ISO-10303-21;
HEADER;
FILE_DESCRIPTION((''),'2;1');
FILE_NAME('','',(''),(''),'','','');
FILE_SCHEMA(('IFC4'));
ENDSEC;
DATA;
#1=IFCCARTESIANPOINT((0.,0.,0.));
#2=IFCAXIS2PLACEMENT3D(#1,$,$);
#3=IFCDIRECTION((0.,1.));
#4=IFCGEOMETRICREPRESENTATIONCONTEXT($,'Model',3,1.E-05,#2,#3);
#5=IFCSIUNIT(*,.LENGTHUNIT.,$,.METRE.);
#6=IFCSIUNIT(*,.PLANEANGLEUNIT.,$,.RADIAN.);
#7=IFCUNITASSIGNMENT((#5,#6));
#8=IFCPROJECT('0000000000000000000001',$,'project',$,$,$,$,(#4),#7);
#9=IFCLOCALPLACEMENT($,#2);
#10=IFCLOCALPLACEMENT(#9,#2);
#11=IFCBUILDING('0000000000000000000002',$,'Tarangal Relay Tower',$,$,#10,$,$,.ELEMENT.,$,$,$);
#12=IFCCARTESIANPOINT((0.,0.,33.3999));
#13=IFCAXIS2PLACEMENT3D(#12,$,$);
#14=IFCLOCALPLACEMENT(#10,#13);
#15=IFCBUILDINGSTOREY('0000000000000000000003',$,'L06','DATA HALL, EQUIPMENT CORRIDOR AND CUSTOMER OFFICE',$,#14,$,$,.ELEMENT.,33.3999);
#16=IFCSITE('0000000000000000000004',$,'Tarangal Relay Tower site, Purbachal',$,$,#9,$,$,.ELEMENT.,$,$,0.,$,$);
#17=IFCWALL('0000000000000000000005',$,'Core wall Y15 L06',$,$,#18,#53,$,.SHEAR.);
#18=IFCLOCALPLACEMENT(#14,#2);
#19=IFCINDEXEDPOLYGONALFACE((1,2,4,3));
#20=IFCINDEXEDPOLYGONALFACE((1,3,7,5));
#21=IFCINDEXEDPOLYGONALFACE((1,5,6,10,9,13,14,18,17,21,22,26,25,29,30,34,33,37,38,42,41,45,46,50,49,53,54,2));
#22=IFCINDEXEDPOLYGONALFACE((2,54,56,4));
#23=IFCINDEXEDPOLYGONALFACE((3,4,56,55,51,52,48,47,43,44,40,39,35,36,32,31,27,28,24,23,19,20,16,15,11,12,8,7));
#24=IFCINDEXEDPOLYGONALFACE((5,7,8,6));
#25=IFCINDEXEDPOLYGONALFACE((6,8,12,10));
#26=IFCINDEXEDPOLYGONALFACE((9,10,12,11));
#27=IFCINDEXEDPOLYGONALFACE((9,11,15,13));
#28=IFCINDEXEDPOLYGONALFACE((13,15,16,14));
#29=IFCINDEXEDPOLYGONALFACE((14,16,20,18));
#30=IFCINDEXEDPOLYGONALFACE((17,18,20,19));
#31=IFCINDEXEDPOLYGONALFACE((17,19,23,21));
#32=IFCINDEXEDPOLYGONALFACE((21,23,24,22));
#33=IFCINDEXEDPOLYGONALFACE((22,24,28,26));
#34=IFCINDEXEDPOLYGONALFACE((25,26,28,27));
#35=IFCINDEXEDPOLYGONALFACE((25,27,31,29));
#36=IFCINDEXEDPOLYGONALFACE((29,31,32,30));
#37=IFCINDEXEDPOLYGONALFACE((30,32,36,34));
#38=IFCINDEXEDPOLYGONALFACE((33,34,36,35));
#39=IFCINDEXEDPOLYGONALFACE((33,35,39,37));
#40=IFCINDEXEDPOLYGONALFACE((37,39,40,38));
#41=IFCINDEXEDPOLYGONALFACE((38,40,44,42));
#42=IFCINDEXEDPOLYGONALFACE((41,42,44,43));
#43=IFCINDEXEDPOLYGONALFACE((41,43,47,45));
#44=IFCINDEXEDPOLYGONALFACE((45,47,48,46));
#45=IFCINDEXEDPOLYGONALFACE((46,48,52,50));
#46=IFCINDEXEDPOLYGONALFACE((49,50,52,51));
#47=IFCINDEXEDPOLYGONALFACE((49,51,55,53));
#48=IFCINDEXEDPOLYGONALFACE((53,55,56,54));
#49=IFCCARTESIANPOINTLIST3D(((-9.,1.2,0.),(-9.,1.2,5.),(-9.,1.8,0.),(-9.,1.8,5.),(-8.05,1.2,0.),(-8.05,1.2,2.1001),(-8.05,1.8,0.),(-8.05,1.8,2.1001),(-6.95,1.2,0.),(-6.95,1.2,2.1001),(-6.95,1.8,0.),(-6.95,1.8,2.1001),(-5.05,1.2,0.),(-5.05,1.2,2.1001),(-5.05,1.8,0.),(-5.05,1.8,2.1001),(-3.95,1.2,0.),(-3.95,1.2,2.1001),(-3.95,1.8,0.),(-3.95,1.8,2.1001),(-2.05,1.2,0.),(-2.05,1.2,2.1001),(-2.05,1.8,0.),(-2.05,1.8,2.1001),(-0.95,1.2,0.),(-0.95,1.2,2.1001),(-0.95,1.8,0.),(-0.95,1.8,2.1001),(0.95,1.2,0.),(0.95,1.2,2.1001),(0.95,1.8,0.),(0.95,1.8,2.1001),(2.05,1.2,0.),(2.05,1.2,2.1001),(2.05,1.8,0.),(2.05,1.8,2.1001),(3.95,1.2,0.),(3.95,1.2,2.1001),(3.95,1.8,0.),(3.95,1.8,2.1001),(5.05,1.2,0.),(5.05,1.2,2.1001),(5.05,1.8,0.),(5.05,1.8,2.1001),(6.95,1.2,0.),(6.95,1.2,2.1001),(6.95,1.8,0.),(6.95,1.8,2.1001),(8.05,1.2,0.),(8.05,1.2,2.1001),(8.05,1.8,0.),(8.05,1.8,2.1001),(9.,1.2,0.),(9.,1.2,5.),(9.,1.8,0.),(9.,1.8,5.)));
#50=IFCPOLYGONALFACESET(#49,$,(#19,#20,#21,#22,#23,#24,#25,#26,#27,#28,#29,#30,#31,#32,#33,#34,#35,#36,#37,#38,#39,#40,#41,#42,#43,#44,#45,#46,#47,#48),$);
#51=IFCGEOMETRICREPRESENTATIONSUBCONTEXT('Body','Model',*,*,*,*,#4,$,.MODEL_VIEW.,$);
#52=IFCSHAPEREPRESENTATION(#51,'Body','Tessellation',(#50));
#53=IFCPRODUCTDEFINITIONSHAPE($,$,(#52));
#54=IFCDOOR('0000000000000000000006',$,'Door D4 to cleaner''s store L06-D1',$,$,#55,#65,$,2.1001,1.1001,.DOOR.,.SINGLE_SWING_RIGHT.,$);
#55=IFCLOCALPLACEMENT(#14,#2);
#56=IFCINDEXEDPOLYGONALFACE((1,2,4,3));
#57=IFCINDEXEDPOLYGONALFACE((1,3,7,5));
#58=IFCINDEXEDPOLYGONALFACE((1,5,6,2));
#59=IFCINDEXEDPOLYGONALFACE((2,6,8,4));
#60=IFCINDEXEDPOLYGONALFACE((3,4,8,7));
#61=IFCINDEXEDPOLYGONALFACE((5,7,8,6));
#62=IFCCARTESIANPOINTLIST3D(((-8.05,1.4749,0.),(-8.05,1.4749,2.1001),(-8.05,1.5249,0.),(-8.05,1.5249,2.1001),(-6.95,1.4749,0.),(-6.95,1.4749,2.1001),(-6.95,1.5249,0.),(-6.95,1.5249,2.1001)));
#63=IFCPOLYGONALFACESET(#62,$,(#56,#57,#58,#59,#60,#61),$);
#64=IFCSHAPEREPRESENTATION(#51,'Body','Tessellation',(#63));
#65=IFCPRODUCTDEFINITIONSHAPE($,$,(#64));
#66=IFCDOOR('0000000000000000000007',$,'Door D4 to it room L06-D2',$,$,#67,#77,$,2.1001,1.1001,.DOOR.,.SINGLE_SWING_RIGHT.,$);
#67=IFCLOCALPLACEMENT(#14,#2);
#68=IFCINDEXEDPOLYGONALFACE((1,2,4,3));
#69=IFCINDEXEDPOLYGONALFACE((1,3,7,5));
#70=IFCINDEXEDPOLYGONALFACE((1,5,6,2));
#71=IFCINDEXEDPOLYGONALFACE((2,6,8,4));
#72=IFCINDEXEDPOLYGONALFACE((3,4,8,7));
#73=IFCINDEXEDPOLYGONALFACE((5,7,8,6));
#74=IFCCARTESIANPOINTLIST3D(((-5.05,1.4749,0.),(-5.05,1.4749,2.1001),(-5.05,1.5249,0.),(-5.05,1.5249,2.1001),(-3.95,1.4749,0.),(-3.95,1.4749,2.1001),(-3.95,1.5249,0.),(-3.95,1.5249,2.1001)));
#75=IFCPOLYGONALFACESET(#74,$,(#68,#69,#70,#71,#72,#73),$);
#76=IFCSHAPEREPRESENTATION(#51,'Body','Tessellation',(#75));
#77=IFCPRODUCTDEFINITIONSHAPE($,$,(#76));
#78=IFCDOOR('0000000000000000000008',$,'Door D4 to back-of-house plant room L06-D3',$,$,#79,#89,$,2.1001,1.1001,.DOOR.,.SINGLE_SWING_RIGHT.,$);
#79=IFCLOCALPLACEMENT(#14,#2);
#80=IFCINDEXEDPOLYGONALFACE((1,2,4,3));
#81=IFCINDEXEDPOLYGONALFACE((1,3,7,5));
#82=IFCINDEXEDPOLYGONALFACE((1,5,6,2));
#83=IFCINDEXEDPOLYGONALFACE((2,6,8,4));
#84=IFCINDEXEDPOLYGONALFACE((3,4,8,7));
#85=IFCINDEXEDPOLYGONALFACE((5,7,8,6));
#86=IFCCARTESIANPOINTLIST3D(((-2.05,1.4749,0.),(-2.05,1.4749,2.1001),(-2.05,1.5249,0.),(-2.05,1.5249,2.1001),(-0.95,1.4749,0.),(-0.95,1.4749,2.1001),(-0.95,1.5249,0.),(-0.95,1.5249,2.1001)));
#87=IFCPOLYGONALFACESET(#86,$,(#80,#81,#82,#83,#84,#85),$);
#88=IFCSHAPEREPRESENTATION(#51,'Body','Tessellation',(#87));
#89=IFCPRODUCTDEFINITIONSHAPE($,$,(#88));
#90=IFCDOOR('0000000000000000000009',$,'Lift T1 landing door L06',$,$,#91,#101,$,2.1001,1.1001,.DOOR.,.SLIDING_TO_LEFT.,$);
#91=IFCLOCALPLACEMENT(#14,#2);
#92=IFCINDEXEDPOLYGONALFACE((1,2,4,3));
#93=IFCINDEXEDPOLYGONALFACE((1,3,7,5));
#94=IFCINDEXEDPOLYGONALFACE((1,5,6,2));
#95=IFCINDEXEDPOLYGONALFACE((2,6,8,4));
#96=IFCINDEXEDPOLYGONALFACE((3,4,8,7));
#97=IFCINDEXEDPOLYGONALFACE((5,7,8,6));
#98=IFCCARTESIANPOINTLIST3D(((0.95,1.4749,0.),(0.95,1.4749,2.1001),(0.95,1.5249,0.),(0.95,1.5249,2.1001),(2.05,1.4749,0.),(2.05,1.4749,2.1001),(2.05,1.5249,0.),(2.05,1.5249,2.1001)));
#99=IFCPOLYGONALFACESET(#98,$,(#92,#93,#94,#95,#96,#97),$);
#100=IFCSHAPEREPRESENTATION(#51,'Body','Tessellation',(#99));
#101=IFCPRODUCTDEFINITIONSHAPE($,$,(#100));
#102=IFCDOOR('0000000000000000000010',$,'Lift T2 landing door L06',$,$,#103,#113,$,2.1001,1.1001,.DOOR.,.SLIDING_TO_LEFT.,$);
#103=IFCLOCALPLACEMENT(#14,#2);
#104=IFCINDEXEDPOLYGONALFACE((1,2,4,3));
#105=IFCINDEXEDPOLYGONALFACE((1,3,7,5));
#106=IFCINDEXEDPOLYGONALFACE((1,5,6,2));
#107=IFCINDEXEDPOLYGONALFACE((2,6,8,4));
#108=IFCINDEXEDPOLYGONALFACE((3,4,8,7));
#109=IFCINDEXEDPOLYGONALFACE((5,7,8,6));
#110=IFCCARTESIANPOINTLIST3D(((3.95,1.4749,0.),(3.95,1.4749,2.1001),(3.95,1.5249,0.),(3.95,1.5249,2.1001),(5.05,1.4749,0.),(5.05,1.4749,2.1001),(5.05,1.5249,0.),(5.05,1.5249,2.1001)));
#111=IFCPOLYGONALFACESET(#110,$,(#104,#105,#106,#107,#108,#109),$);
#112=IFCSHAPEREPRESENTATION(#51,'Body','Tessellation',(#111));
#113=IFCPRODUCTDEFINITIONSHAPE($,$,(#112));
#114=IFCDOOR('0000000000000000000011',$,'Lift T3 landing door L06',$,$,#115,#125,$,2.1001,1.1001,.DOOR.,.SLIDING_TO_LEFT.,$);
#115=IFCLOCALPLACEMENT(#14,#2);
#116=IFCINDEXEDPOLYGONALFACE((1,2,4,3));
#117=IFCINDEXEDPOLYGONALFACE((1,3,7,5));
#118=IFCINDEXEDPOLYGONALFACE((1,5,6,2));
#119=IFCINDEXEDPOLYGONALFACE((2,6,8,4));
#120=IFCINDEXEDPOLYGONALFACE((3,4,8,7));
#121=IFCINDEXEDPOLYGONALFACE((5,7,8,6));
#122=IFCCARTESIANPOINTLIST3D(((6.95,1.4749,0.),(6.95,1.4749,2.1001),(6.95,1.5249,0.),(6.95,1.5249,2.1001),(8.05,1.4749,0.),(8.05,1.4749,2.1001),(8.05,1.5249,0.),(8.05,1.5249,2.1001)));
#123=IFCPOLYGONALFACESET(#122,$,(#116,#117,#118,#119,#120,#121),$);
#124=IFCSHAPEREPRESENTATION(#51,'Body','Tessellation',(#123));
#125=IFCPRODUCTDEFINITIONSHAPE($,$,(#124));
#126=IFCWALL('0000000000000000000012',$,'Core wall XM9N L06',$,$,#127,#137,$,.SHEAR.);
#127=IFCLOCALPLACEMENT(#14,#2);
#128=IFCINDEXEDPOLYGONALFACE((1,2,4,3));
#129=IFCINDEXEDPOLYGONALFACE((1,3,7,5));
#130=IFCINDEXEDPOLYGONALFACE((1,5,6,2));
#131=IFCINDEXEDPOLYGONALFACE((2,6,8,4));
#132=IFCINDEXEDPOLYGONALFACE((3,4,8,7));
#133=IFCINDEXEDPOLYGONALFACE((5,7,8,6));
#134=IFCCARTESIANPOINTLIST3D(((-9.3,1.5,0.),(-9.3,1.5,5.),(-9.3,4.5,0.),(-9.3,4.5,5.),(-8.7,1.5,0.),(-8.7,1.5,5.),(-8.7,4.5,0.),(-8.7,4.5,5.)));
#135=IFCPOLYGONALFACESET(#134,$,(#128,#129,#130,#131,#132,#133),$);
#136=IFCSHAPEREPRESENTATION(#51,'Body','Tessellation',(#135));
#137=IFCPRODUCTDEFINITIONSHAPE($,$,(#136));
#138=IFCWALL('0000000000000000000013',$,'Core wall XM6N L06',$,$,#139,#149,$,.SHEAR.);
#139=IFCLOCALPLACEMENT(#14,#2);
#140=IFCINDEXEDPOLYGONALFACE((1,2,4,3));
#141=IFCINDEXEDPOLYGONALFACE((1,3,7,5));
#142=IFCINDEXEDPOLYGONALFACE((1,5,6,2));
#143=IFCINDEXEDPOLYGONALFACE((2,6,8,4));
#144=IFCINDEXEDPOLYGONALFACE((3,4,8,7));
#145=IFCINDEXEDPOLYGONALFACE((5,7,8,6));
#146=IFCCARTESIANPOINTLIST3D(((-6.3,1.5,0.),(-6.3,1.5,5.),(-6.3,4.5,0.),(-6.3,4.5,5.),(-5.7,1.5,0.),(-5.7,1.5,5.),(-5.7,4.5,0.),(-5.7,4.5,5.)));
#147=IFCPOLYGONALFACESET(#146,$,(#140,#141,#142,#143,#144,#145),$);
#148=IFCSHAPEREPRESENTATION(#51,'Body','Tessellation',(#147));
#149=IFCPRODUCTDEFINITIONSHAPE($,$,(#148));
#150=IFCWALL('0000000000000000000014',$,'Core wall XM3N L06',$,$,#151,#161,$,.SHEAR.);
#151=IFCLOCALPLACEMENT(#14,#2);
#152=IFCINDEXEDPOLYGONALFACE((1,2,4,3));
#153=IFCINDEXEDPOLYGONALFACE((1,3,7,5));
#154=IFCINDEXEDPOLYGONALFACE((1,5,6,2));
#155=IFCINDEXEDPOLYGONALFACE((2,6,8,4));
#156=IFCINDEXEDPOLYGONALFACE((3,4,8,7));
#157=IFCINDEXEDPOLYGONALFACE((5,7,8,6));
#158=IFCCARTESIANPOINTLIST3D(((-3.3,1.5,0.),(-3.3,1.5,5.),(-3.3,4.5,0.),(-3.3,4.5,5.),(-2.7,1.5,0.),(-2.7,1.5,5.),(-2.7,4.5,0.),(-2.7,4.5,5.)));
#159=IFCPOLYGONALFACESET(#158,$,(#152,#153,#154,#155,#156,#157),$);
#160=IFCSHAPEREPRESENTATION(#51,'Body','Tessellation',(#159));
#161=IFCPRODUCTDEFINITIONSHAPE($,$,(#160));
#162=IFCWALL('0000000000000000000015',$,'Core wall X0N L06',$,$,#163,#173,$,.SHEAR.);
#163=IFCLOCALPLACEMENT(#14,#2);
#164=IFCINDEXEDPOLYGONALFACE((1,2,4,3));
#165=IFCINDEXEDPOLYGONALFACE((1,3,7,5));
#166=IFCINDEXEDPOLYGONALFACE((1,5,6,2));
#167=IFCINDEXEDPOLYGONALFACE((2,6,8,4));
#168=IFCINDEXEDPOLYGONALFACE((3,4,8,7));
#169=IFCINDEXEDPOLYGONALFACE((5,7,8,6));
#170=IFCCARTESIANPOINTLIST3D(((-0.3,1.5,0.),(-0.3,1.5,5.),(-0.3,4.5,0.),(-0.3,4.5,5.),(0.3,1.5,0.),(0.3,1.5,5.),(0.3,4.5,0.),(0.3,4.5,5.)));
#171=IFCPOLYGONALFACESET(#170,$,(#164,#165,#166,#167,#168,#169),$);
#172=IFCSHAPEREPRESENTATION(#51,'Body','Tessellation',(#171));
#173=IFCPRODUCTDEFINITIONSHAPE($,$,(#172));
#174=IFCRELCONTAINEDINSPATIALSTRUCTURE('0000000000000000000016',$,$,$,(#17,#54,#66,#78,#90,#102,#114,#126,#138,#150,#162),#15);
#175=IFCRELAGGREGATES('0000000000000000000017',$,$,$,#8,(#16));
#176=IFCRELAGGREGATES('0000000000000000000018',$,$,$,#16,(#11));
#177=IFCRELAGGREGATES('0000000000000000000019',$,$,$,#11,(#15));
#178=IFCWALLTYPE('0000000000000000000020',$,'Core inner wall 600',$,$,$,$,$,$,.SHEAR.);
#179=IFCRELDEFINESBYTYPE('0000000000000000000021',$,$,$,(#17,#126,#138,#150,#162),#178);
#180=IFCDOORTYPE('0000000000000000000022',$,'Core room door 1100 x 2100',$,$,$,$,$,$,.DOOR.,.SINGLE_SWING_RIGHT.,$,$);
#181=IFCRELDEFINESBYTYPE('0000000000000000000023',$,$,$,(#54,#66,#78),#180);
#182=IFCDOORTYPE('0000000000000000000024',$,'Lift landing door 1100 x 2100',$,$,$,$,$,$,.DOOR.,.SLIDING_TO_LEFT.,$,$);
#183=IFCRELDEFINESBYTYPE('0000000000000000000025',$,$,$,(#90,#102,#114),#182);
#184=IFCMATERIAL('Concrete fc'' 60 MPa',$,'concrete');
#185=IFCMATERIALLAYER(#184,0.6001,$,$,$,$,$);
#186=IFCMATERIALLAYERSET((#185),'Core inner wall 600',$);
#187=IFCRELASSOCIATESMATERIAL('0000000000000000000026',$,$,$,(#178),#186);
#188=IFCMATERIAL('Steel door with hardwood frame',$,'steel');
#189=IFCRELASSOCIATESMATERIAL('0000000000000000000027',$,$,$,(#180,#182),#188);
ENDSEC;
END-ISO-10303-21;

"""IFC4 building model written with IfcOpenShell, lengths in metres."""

from ifc_helpers import new_model, si_unit, direction, frame, frame_2d, origin, place, context, subcontext, project, spatial, rectangle, extrude, material, layer, layer_set, type_object, element, fill, save


model = new_model("IFC4")

# Units and contexts
model_context = context("Model", 3, precision=1e-05, world=origin(), true_north=direction((0.0, 1.0)))
body_context = subcontext(model_context, "Body", "Model", "MODEL_VIEW")
ifc_project = project(units=[si_unit("LENGTHUNIT", "METRE"), si_unit("PLANEANGLEUNIT", "RADIAN")], contexts=[model_context])

# Site, building, storey
site_placement = place(None, origin())
site = spatial("IfcSite", under=ifc_project, at=site_placement, Name="Tarangal Relay Tower site, Purbachal", CompositionType="ELEMENT", RefElevation=0.0)
building_placement = place(site_placement, origin())
building = spatial("IfcBuilding", under=site, at=building_placement, Name="Tarangal Relay Tower", CompositionType="ELEMENT")
storey_placement = place(building_placement, frame((0.0, 0.0, 33.3999)))
storey = spatial("IfcBuildingStorey", under=building, at=storey_placement, Name="L06", Description="DATA HALL, EQUIPMENT CORRIDOR AND CUSTOMER OFFICE", CompositionType="ELEMENT", Elevation=33.3999)

# Wall, openings, doors
ifc_material_1 = material(Name="Concrete fc' 60 MPa", Category="concrete")
ifc_layer_1 = layer(ifc_material_1, 0.6001)
ifc_layer_set_1 = layer_set([ifc_layer_1], Name="Core inner wall 600")
wall_type = type_object("IfcWallType", Name="Core inner wall 600", PredefinedType="SHEAR", material=ifc_layer_set_1)
wall_1_placement = place(storey_placement, frame((-9.0, 1.5, 0.0), z_axis=(0.0, 0.0, 1.0), x_axis=(1.0, 0.0, 0.0)))
wall_1 = element("IfcWall", 1, at=wall_1_placement, inside=storey, type_object=wall_type, Name="Core wall Y15 L06", PredefinedType="SHEAR", context=body_context, shape_type="SweptSolid", body=[
    extrude(rectangle(XDim=18.0, YDim=0.6001, at=frame_2d((9.0, 0.0))), origin(), (0.0, 0.0, 1.0), 5.0),
])
opening_1_placement = place(wall_1_placement, frame((9.95, 0.0, 0.0)))
opening_1 = element("IfcOpeningElement", 2, at=opening_1_placement, cuts=wall_1, PredefinedType="OPENING", context=body_context, shape_type="SweptSolid", body=[
    extrude(rectangle(XDim=1.1001, YDim=2.1001, at=frame_2d((0.55, 1.05))), frame((0.0, 0.3101, 0.0), z_axis=(0.0, -1.0, 0.0), x_axis=(1.0, 0.0, 0.0)), (0.0, 0.0, 1.0), 0.6201),
])
opening_2_placement = place(wall_1_placement, frame((12.95, 0.0, 0.0)))
opening_2 = element("IfcOpeningElement", 3, at=opening_2_placement, cuts=wall_1, PredefinedType="OPENING", context=body_context, shape_type="SweptSolid", body=[
    extrude(rectangle(XDim=1.1001, YDim=2.1001, at=frame_2d((0.55, 1.05))), frame((0.0, 0.3101, 0.0), z_axis=(0.0, -1.0, 0.0), x_axis=(1.0, 0.0, 0.0)), (0.0, 0.0, 1.0), 0.6201),
])
opening_3_placement = place(wall_1_placement, frame((15.95, 0.0, 0.0)))
opening_3 = element("IfcOpeningElement", 4, at=opening_3_placement, cuts=wall_1, PredefinedType="OPENING", context=body_context, shape_type="SweptSolid", body=[
    extrude(rectangle(XDim=1.1001, YDim=2.1001, at=frame_2d((0.55, 1.05))), frame((0.0, 0.3101, 0.0), z_axis=(0.0, -1.0, 0.0), x_axis=(1.0, 0.0, 0.0)), (0.0, 0.0, 1.0), 0.6201),
])
opening_4_placement = place(wall_1_placement, frame((0.95, 0.0, 0.0)))
opening_4 = element("IfcOpeningElement", 5, at=opening_4_placement, cuts=wall_1, PredefinedType="OPENING", context=body_context, shape_type="SweptSolid", body=[
    extrude(rectangle(XDim=1.1001, YDim=2.1001, at=frame_2d((0.55, 1.05))), frame((0.0, 0.3101, 0.0), z_axis=(0.0, -1.0, 0.0), x_axis=(1.0, 0.0, 0.0)), (0.0, 0.0, 1.0), 0.6201),
])
opening_5_placement = place(wall_1_placement, frame((3.95, 0.0, 0.0)))
opening_5 = element("IfcOpeningElement", 6, at=opening_5_placement, cuts=wall_1, PredefinedType="OPENING", context=body_context, shape_type="SweptSolid", body=[
    extrude(rectangle(XDim=1.1001, YDim=2.1001, at=frame_2d((0.55, 1.05))), frame((0.0, 0.3101, 0.0), z_axis=(0.0, -1.0, 0.0), x_axis=(1.0, 0.0, 0.0)), (0.0, 0.0, 1.0), 0.6201),
])
opening_6_placement = place(wall_1_placement, frame((6.95, 0.0, 0.0)))
opening_6 = element("IfcOpeningElement", 7, at=opening_6_placement, cuts=wall_1, PredefinedType="OPENING", context=body_context, shape_type="SweptSolid", body=[
    extrude(rectangle(XDim=1.1001, YDim=2.1001, at=frame_2d((0.55, 1.05))), frame((0.0, 0.3101, 0.0), z_axis=(0.0, -1.0, 0.0), x_axis=(1.0, 0.0, 0.0)), (0.0, 0.0, 1.0), 0.6201),
])
ifc_material_2 = material(Name="Steel door with hardwood frame", Category="steel")
door_type_1 = type_object("IfcDoorType", Name="Core room door 1100 x 2100", OperationType="SINGLE_SWING_RIGHT", PredefinedType="DOOR", material=ifc_material_2)
door_1_placement = place(opening_4_placement, origin())
door_1 = element("IfcDoor", 8, at=door_1_placement, inside=storey, type_object=door_type_1, Name="Door D4 to cleaner's store L06-D1", OperationType="SINGLE_SWING_RIGHT", OverallHeight=2.1001, OverallWidth=1.1001, PredefinedType="DOOR", context=body_context, shape_type="SweptSolid", body=[
    extrude(rectangle(XDim=1.1001, YDim=2.1001, at=frame_2d((0.55, 1.05))), frame((0.0, 0.0249, 0.0), z_axis=(0.0, -1.0, 0.0), x_axis=(1.0, 0.0, 0.0)), (0.0, 0.0, 1.0), 0.05),
])
fill(opening_4, door_1)
door_2_placement = place(opening_5_placement, origin())
door_2 = element("IfcDoor", 9, at=door_2_placement, inside=storey, type_object=door_type_1, Name="Door D4 to it room L06-D2", OperationType="SINGLE_SWING_RIGHT", OverallHeight=2.1001, OverallWidth=1.1001, PredefinedType="DOOR", context=body_context, shape_type="SweptSolid", body=[
    extrude(rectangle(XDim=1.1001, YDim=2.1001, at=frame_2d((0.55, 1.05))), frame((0.0, 0.0249, 0.0), z_axis=(0.0, -1.0, 0.0), x_axis=(1.0, 0.0, 0.0)), (0.0, 0.0, 1.0), 0.05),
])
fill(opening_5, door_2)
door_3_placement = place(opening_6_placement, origin())
door_3 = element("IfcDoor", 10, at=door_3_placement, inside=storey, type_object=door_type_1, Name="Door D4 to back-of-house plant room L06-D3", OperationType="SINGLE_SWING_RIGHT", OverallHeight=2.1001, OverallWidth=1.1001, PredefinedType="DOOR", context=body_context, shape_type="SweptSolid", body=[
    extrude(rectangle(XDim=1.1001, YDim=2.1001, at=frame_2d((0.55, 1.05))), frame((0.0, 0.0249, 0.0), z_axis=(0.0, -1.0, 0.0), x_axis=(1.0, 0.0, 0.0)), (0.0, 0.0, 1.0), 0.05),
])
fill(opening_6, door_3)
door_type_2 = type_object("IfcDoorType", Name="Lift landing door 1100 x 2100", OperationType="SLIDING_TO_LEFT", PredefinedType="DOOR", material=ifc_material_2)
door_4_placement = place(opening_1_placement, origin())
door_4 = element("IfcDoor", 11, at=door_4_placement, inside=storey, type_object=door_type_2, Name="Lift T1 landing door L06", OperationType="SLIDING_TO_LEFT", OverallHeight=2.1001, OverallWidth=1.1001, PredefinedType="DOOR", context=body_context, shape_type="SweptSolid", body=[
    extrude(rectangle(XDim=1.1001, YDim=2.1001, at=frame_2d((0.55, 1.05))), frame((0.0, 0.0249, 0.0), z_axis=(0.0, -1.0, 0.0), x_axis=(1.0, 0.0, 0.0)), (0.0, 0.0, 1.0), 0.05),
])
fill(opening_1, door_4)
door_5_placement = place(opening_2_placement, origin())
door_5 = element("IfcDoor", 12, at=door_5_placement, inside=storey, type_object=door_type_2, Name="Lift T2 landing door L06", OperationType="SLIDING_TO_LEFT", OverallHeight=2.1001, OverallWidth=1.1001, PredefinedType="DOOR", context=body_context, shape_type="SweptSolid", body=[
    extrude(rectangle(XDim=1.1001, YDim=2.1001, at=frame_2d((0.55, 1.05))), frame((0.0, 0.0249, 0.0), z_axis=(0.0, -1.0, 0.0), x_axis=(1.0, 0.0, 0.0)), (0.0, 0.0, 1.0), 0.05),
])
fill(opening_2, door_5)
door_6_placement = place(opening_3_placement, origin())
door_6 = element("IfcDoor", 13, at=door_6_placement, inside=storey, type_object=door_type_2, Name="Lift T3 landing door L06", OperationType="SLIDING_TO_LEFT", OverallHeight=2.1001, OverallWidth=1.1001, PredefinedType="DOOR", context=body_context, shape_type="SweptSolid", body=[
    extrude(rectangle(XDim=1.1001, YDim=2.1001, at=frame_2d((0.55, 1.05))), frame((0.0, 0.0249, 0.0), z_axis=(0.0, -1.0, 0.0), x_axis=(1.0, 0.0, 0.0)), (0.0, 0.0, 1.0), 0.05),
])
fill(opening_3, door_6)

# Walls
for number, where, z_axis, x_axis, name in (
    (14, (-9.0, 1.5, 0.0), (0.0, 0.0, 1.0), (0.0, 1.0, 0.0), "Core wall XM9N L06"),
    (15, (-6.0, 1.5, 0.0), (0.0, 0.0, 1.0), (0.0, 1.0, 0.0), "Core wall XM6N L06"),
    (16, (-3.0, 1.5, 0.0), (0.0, 0.0, 1.0), (0.0, 1.0, 0.0), "Core wall XM3N L06"),
    (17, (0.0, 1.5, 0.0), (0.0, 0.0, 1.0), (0.0, 1.0, 0.0), "Core wall X0N L06"),
):
    element("IfcWall", number, at=place(storey_placement, frame(where, z_axis=z_axis, x_axis=x_axis)), inside=storey, type_object=wall_type, Name=name, PredefinedType="SHEAR", context=body_context, shape_type="SweptSolid", body=[
        extrude(rectangle(XDim=3.0, YDim=0.6001, at=frame_2d((1.5, 0.0))), origin(), (0.0, 0.0, 1.0), 5.0),
    ])

save(model, "model.ifc")
